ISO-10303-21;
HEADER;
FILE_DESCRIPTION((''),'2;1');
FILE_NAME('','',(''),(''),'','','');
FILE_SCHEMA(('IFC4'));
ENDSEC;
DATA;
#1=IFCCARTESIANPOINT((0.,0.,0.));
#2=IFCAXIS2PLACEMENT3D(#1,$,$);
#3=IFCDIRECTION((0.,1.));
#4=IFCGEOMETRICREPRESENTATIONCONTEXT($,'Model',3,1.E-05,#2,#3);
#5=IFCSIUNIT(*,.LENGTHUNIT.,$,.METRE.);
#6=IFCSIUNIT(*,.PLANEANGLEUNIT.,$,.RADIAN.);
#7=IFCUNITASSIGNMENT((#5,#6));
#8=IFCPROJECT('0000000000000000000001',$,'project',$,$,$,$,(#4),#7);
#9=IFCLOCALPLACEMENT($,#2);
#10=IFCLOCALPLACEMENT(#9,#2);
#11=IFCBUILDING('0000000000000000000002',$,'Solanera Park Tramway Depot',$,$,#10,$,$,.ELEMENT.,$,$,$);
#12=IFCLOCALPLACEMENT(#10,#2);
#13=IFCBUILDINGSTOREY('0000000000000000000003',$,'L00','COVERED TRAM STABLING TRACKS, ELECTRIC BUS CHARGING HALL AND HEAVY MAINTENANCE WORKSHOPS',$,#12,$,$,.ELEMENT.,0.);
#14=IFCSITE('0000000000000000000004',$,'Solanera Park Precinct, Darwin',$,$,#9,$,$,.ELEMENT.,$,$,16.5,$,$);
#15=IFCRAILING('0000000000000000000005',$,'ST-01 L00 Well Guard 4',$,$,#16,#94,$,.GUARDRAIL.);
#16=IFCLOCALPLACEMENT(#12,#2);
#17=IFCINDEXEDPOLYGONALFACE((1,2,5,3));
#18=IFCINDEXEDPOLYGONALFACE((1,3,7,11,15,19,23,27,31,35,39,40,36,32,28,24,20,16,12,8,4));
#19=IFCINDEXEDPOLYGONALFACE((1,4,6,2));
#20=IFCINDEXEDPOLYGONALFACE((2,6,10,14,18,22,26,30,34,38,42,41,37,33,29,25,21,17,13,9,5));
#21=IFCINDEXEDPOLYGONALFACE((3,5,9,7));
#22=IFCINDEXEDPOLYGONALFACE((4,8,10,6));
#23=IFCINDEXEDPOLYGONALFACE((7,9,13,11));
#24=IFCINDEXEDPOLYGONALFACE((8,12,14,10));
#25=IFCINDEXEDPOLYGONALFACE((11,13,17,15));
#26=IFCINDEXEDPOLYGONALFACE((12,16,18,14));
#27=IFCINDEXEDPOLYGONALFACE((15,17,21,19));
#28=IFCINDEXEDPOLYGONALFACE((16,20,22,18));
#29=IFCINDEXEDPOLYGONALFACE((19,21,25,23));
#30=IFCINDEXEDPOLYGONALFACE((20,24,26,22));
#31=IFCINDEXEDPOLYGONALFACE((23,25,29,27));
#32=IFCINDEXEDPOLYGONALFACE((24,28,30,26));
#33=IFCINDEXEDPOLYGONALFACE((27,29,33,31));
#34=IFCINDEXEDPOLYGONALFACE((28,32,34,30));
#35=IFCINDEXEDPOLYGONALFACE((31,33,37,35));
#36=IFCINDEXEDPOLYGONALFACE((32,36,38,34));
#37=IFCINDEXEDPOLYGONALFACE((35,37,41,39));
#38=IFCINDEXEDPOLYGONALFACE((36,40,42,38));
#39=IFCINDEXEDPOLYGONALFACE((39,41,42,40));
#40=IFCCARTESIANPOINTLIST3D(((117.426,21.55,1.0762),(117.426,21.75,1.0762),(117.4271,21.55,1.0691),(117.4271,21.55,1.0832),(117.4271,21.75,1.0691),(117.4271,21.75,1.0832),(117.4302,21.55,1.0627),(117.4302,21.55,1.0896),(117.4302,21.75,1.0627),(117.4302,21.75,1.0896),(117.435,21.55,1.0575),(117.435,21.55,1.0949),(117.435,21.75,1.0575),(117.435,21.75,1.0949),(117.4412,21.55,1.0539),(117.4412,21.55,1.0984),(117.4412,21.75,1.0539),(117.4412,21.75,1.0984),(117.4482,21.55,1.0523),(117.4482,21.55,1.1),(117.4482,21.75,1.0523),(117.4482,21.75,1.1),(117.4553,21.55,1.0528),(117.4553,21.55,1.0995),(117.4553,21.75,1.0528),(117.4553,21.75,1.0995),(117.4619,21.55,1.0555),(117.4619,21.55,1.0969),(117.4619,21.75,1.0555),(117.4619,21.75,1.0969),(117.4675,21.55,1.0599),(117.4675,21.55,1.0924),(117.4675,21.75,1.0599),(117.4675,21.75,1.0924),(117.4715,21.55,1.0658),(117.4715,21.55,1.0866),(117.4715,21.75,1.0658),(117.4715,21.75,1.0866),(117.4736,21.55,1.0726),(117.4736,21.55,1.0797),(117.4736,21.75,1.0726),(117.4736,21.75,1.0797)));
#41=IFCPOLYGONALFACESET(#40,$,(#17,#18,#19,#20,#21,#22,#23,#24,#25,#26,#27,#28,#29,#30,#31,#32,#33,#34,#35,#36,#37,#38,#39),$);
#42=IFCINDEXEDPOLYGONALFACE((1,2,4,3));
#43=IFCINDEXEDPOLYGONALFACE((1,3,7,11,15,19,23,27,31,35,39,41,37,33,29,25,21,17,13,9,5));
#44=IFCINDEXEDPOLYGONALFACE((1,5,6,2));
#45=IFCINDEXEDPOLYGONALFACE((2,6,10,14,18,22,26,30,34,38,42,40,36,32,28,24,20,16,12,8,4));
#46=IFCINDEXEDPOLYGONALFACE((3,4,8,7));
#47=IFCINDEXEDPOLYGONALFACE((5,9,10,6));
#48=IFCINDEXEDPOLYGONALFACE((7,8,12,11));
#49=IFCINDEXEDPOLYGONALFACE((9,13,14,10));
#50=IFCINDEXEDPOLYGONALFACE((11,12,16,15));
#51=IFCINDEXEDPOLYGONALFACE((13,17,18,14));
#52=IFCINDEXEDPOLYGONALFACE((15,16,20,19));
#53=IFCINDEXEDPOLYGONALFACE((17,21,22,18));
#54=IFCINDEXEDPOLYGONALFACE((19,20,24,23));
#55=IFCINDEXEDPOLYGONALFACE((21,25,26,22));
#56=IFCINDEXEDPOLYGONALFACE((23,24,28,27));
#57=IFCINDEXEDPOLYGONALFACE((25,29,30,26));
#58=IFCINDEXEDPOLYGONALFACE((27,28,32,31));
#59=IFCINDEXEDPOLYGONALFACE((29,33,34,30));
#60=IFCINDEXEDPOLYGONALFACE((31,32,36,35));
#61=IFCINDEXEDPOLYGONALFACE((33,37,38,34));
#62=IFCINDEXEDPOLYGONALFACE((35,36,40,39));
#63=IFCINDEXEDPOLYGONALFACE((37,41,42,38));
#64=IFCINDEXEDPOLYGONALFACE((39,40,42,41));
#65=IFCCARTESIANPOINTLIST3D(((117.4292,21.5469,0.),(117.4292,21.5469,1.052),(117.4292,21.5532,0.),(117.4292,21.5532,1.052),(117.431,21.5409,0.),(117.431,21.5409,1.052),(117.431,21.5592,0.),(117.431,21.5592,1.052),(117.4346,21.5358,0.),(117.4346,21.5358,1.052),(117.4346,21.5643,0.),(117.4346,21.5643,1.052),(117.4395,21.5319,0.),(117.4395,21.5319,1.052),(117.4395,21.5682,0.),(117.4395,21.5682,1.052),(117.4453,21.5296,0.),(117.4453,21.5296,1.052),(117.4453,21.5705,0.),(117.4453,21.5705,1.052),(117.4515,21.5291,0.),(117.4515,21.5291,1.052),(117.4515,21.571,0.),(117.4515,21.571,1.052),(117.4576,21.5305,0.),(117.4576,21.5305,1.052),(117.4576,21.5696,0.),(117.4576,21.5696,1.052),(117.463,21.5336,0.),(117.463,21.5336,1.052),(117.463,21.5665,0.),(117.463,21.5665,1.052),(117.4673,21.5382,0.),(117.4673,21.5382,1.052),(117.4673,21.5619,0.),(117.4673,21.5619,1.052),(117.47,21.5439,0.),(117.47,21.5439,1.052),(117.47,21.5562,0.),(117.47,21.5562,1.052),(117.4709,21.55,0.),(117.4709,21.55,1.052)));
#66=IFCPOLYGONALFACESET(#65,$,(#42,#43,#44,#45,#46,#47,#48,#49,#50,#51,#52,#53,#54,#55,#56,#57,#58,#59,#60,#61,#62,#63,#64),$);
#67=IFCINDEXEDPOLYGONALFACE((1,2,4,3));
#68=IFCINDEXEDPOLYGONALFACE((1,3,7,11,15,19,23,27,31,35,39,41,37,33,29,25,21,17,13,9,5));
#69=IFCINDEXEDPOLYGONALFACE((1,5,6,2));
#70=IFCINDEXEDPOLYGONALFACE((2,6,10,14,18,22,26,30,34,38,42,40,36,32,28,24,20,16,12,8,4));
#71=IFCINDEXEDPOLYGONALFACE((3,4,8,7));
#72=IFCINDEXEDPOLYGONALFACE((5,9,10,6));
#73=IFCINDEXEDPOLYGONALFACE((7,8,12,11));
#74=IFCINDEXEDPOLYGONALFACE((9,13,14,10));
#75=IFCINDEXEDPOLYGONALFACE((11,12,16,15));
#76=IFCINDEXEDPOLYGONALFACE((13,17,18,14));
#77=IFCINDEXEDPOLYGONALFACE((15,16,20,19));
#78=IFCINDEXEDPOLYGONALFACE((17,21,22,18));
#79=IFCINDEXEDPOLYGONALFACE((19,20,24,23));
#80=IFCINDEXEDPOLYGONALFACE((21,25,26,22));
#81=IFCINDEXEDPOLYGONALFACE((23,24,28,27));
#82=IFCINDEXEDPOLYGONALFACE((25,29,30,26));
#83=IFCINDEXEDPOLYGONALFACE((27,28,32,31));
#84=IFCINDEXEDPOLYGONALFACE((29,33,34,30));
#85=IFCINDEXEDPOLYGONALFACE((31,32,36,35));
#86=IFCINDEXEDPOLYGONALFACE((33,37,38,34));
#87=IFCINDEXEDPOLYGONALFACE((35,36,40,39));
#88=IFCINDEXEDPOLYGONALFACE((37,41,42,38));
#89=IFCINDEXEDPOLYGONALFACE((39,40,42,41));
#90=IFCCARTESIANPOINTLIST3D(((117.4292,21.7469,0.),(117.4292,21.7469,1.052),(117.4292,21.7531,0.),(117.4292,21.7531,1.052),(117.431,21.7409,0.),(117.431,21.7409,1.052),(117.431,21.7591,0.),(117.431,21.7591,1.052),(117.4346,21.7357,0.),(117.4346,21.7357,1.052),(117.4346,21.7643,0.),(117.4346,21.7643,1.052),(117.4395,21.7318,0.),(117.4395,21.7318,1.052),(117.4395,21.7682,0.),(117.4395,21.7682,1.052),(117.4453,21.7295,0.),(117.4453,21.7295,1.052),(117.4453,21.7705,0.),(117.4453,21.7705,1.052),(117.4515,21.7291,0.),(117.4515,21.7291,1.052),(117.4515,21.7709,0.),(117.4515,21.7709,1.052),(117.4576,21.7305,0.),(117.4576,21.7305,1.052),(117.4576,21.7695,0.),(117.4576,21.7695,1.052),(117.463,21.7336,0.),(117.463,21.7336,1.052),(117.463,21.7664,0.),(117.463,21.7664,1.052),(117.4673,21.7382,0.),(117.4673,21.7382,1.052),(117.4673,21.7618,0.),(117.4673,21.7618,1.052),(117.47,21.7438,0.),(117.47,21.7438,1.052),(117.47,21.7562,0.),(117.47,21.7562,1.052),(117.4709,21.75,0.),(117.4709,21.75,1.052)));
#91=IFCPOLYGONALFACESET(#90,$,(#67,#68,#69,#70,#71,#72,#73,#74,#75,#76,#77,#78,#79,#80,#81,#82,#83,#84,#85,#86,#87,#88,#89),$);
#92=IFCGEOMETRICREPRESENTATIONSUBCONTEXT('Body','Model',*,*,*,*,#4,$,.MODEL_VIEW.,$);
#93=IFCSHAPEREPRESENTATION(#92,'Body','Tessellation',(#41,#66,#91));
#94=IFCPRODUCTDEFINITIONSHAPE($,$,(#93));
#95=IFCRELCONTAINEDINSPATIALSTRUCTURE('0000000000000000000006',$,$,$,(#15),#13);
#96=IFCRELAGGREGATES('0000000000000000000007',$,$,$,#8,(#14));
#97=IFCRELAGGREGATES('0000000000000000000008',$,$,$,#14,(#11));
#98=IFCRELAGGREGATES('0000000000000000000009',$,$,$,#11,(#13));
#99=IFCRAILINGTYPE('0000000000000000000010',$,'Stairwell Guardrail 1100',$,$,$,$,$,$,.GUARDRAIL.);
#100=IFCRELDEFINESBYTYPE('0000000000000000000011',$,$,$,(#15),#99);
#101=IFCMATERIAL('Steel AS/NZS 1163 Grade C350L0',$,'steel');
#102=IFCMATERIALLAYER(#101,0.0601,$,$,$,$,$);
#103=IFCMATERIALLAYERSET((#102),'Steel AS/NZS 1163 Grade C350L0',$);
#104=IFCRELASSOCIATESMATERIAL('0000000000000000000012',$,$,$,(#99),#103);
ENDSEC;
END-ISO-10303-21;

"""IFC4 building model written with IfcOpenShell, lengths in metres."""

from ifc_helpers import new_model, si_unit, direction, frame, origin, origin_2d, place, context, subcontext, project, spatial, circle, extrude, material, layer, layer_set, type_object, element, save


model = new_model("IFC4")

# Units and contexts
model_context = context("Model", 3, precision=1e-05, world=origin(), true_north=direction((0.0, 1.0)))
body_context = subcontext(model_context, "Body", "Model", "MODEL_VIEW")
ifc_project = project(units=[si_unit("LENGTHUNIT", "METRE"), si_unit("PLANEANGLEUNIT", "RADIAN")], contexts=[model_context])

# Site, building, storey
site_placement = place(None, origin())
site = spatial("IfcSite", under=ifc_project, at=site_placement, Name="Solanera Park Precinct, Darwin", CompositionType="ELEMENT", RefElevation=16.5)
building_placement = place(site_placement, origin())
building = spatial("IfcBuilding", under=site, at=building_placement, Name="Solanera Park Tramway Depot", CompositionType="ELEMENT")
storey_placement = place(building_placement, origin())
storey = spatial("IfcBuildingStorey", under=building, at=storey_placement, Name="L00", Description="COVERED TRAM STABLING TRACKS, ELECTRIC BUS CHARGING HALL AND HEAVY MAINTENANCE WORKSHOPS", CompositionType="ELEMENT", Elevation=0.0)

# Railing
ifc_material_1 = material(Name="Steel AS/NZS 1163 Grade C350L0", Category="steel")
ifc_layer_1 = layer(ifc_material_1, 0.0601)
ifc_layer_set_1 = layer_set([ifc_layer_1], Name="Steel AS/NZS 1163 Grade C350L0")
railing_type = type_object("IfcRailingType", Name="Stairwell Guardrail 1100", PredefinedType="GUARDRAIL", material=ifc_layer_set_1)
railing_placement = place(storey_placement, frame((117.45, 21.55, 0.0)))
element("IfcRailing", 1, at=railing_placement, inside=storey, type_object=railing_type, Name="ST-01 L00 Well Guard 4", PredefinedType="GUARDRAIL", context=body_context, shape_type="SweptSolid", body=[
    extrude(circle(Radius=0.0239, at=origin_2d()), frame((0.0, 0.0, 1.0762), z_axis=(0.0, 1.0, 0.0), x_axis=(-1.0, 0.0, 0.0)), (0.0, 0.0, 1.0), 0.2),
    extrude(circle(Radius=0.021, at=origin_2d()), origin(), (0.0, 0.0, 1.0), 1.052),
    extrude(circle(Radius=0.021, at=origin_2d()), frame((0.0, 0.2, 0.0)), (0.0, 0.0, 1.0), 1.052),
])

save(model, "model.ifc")
